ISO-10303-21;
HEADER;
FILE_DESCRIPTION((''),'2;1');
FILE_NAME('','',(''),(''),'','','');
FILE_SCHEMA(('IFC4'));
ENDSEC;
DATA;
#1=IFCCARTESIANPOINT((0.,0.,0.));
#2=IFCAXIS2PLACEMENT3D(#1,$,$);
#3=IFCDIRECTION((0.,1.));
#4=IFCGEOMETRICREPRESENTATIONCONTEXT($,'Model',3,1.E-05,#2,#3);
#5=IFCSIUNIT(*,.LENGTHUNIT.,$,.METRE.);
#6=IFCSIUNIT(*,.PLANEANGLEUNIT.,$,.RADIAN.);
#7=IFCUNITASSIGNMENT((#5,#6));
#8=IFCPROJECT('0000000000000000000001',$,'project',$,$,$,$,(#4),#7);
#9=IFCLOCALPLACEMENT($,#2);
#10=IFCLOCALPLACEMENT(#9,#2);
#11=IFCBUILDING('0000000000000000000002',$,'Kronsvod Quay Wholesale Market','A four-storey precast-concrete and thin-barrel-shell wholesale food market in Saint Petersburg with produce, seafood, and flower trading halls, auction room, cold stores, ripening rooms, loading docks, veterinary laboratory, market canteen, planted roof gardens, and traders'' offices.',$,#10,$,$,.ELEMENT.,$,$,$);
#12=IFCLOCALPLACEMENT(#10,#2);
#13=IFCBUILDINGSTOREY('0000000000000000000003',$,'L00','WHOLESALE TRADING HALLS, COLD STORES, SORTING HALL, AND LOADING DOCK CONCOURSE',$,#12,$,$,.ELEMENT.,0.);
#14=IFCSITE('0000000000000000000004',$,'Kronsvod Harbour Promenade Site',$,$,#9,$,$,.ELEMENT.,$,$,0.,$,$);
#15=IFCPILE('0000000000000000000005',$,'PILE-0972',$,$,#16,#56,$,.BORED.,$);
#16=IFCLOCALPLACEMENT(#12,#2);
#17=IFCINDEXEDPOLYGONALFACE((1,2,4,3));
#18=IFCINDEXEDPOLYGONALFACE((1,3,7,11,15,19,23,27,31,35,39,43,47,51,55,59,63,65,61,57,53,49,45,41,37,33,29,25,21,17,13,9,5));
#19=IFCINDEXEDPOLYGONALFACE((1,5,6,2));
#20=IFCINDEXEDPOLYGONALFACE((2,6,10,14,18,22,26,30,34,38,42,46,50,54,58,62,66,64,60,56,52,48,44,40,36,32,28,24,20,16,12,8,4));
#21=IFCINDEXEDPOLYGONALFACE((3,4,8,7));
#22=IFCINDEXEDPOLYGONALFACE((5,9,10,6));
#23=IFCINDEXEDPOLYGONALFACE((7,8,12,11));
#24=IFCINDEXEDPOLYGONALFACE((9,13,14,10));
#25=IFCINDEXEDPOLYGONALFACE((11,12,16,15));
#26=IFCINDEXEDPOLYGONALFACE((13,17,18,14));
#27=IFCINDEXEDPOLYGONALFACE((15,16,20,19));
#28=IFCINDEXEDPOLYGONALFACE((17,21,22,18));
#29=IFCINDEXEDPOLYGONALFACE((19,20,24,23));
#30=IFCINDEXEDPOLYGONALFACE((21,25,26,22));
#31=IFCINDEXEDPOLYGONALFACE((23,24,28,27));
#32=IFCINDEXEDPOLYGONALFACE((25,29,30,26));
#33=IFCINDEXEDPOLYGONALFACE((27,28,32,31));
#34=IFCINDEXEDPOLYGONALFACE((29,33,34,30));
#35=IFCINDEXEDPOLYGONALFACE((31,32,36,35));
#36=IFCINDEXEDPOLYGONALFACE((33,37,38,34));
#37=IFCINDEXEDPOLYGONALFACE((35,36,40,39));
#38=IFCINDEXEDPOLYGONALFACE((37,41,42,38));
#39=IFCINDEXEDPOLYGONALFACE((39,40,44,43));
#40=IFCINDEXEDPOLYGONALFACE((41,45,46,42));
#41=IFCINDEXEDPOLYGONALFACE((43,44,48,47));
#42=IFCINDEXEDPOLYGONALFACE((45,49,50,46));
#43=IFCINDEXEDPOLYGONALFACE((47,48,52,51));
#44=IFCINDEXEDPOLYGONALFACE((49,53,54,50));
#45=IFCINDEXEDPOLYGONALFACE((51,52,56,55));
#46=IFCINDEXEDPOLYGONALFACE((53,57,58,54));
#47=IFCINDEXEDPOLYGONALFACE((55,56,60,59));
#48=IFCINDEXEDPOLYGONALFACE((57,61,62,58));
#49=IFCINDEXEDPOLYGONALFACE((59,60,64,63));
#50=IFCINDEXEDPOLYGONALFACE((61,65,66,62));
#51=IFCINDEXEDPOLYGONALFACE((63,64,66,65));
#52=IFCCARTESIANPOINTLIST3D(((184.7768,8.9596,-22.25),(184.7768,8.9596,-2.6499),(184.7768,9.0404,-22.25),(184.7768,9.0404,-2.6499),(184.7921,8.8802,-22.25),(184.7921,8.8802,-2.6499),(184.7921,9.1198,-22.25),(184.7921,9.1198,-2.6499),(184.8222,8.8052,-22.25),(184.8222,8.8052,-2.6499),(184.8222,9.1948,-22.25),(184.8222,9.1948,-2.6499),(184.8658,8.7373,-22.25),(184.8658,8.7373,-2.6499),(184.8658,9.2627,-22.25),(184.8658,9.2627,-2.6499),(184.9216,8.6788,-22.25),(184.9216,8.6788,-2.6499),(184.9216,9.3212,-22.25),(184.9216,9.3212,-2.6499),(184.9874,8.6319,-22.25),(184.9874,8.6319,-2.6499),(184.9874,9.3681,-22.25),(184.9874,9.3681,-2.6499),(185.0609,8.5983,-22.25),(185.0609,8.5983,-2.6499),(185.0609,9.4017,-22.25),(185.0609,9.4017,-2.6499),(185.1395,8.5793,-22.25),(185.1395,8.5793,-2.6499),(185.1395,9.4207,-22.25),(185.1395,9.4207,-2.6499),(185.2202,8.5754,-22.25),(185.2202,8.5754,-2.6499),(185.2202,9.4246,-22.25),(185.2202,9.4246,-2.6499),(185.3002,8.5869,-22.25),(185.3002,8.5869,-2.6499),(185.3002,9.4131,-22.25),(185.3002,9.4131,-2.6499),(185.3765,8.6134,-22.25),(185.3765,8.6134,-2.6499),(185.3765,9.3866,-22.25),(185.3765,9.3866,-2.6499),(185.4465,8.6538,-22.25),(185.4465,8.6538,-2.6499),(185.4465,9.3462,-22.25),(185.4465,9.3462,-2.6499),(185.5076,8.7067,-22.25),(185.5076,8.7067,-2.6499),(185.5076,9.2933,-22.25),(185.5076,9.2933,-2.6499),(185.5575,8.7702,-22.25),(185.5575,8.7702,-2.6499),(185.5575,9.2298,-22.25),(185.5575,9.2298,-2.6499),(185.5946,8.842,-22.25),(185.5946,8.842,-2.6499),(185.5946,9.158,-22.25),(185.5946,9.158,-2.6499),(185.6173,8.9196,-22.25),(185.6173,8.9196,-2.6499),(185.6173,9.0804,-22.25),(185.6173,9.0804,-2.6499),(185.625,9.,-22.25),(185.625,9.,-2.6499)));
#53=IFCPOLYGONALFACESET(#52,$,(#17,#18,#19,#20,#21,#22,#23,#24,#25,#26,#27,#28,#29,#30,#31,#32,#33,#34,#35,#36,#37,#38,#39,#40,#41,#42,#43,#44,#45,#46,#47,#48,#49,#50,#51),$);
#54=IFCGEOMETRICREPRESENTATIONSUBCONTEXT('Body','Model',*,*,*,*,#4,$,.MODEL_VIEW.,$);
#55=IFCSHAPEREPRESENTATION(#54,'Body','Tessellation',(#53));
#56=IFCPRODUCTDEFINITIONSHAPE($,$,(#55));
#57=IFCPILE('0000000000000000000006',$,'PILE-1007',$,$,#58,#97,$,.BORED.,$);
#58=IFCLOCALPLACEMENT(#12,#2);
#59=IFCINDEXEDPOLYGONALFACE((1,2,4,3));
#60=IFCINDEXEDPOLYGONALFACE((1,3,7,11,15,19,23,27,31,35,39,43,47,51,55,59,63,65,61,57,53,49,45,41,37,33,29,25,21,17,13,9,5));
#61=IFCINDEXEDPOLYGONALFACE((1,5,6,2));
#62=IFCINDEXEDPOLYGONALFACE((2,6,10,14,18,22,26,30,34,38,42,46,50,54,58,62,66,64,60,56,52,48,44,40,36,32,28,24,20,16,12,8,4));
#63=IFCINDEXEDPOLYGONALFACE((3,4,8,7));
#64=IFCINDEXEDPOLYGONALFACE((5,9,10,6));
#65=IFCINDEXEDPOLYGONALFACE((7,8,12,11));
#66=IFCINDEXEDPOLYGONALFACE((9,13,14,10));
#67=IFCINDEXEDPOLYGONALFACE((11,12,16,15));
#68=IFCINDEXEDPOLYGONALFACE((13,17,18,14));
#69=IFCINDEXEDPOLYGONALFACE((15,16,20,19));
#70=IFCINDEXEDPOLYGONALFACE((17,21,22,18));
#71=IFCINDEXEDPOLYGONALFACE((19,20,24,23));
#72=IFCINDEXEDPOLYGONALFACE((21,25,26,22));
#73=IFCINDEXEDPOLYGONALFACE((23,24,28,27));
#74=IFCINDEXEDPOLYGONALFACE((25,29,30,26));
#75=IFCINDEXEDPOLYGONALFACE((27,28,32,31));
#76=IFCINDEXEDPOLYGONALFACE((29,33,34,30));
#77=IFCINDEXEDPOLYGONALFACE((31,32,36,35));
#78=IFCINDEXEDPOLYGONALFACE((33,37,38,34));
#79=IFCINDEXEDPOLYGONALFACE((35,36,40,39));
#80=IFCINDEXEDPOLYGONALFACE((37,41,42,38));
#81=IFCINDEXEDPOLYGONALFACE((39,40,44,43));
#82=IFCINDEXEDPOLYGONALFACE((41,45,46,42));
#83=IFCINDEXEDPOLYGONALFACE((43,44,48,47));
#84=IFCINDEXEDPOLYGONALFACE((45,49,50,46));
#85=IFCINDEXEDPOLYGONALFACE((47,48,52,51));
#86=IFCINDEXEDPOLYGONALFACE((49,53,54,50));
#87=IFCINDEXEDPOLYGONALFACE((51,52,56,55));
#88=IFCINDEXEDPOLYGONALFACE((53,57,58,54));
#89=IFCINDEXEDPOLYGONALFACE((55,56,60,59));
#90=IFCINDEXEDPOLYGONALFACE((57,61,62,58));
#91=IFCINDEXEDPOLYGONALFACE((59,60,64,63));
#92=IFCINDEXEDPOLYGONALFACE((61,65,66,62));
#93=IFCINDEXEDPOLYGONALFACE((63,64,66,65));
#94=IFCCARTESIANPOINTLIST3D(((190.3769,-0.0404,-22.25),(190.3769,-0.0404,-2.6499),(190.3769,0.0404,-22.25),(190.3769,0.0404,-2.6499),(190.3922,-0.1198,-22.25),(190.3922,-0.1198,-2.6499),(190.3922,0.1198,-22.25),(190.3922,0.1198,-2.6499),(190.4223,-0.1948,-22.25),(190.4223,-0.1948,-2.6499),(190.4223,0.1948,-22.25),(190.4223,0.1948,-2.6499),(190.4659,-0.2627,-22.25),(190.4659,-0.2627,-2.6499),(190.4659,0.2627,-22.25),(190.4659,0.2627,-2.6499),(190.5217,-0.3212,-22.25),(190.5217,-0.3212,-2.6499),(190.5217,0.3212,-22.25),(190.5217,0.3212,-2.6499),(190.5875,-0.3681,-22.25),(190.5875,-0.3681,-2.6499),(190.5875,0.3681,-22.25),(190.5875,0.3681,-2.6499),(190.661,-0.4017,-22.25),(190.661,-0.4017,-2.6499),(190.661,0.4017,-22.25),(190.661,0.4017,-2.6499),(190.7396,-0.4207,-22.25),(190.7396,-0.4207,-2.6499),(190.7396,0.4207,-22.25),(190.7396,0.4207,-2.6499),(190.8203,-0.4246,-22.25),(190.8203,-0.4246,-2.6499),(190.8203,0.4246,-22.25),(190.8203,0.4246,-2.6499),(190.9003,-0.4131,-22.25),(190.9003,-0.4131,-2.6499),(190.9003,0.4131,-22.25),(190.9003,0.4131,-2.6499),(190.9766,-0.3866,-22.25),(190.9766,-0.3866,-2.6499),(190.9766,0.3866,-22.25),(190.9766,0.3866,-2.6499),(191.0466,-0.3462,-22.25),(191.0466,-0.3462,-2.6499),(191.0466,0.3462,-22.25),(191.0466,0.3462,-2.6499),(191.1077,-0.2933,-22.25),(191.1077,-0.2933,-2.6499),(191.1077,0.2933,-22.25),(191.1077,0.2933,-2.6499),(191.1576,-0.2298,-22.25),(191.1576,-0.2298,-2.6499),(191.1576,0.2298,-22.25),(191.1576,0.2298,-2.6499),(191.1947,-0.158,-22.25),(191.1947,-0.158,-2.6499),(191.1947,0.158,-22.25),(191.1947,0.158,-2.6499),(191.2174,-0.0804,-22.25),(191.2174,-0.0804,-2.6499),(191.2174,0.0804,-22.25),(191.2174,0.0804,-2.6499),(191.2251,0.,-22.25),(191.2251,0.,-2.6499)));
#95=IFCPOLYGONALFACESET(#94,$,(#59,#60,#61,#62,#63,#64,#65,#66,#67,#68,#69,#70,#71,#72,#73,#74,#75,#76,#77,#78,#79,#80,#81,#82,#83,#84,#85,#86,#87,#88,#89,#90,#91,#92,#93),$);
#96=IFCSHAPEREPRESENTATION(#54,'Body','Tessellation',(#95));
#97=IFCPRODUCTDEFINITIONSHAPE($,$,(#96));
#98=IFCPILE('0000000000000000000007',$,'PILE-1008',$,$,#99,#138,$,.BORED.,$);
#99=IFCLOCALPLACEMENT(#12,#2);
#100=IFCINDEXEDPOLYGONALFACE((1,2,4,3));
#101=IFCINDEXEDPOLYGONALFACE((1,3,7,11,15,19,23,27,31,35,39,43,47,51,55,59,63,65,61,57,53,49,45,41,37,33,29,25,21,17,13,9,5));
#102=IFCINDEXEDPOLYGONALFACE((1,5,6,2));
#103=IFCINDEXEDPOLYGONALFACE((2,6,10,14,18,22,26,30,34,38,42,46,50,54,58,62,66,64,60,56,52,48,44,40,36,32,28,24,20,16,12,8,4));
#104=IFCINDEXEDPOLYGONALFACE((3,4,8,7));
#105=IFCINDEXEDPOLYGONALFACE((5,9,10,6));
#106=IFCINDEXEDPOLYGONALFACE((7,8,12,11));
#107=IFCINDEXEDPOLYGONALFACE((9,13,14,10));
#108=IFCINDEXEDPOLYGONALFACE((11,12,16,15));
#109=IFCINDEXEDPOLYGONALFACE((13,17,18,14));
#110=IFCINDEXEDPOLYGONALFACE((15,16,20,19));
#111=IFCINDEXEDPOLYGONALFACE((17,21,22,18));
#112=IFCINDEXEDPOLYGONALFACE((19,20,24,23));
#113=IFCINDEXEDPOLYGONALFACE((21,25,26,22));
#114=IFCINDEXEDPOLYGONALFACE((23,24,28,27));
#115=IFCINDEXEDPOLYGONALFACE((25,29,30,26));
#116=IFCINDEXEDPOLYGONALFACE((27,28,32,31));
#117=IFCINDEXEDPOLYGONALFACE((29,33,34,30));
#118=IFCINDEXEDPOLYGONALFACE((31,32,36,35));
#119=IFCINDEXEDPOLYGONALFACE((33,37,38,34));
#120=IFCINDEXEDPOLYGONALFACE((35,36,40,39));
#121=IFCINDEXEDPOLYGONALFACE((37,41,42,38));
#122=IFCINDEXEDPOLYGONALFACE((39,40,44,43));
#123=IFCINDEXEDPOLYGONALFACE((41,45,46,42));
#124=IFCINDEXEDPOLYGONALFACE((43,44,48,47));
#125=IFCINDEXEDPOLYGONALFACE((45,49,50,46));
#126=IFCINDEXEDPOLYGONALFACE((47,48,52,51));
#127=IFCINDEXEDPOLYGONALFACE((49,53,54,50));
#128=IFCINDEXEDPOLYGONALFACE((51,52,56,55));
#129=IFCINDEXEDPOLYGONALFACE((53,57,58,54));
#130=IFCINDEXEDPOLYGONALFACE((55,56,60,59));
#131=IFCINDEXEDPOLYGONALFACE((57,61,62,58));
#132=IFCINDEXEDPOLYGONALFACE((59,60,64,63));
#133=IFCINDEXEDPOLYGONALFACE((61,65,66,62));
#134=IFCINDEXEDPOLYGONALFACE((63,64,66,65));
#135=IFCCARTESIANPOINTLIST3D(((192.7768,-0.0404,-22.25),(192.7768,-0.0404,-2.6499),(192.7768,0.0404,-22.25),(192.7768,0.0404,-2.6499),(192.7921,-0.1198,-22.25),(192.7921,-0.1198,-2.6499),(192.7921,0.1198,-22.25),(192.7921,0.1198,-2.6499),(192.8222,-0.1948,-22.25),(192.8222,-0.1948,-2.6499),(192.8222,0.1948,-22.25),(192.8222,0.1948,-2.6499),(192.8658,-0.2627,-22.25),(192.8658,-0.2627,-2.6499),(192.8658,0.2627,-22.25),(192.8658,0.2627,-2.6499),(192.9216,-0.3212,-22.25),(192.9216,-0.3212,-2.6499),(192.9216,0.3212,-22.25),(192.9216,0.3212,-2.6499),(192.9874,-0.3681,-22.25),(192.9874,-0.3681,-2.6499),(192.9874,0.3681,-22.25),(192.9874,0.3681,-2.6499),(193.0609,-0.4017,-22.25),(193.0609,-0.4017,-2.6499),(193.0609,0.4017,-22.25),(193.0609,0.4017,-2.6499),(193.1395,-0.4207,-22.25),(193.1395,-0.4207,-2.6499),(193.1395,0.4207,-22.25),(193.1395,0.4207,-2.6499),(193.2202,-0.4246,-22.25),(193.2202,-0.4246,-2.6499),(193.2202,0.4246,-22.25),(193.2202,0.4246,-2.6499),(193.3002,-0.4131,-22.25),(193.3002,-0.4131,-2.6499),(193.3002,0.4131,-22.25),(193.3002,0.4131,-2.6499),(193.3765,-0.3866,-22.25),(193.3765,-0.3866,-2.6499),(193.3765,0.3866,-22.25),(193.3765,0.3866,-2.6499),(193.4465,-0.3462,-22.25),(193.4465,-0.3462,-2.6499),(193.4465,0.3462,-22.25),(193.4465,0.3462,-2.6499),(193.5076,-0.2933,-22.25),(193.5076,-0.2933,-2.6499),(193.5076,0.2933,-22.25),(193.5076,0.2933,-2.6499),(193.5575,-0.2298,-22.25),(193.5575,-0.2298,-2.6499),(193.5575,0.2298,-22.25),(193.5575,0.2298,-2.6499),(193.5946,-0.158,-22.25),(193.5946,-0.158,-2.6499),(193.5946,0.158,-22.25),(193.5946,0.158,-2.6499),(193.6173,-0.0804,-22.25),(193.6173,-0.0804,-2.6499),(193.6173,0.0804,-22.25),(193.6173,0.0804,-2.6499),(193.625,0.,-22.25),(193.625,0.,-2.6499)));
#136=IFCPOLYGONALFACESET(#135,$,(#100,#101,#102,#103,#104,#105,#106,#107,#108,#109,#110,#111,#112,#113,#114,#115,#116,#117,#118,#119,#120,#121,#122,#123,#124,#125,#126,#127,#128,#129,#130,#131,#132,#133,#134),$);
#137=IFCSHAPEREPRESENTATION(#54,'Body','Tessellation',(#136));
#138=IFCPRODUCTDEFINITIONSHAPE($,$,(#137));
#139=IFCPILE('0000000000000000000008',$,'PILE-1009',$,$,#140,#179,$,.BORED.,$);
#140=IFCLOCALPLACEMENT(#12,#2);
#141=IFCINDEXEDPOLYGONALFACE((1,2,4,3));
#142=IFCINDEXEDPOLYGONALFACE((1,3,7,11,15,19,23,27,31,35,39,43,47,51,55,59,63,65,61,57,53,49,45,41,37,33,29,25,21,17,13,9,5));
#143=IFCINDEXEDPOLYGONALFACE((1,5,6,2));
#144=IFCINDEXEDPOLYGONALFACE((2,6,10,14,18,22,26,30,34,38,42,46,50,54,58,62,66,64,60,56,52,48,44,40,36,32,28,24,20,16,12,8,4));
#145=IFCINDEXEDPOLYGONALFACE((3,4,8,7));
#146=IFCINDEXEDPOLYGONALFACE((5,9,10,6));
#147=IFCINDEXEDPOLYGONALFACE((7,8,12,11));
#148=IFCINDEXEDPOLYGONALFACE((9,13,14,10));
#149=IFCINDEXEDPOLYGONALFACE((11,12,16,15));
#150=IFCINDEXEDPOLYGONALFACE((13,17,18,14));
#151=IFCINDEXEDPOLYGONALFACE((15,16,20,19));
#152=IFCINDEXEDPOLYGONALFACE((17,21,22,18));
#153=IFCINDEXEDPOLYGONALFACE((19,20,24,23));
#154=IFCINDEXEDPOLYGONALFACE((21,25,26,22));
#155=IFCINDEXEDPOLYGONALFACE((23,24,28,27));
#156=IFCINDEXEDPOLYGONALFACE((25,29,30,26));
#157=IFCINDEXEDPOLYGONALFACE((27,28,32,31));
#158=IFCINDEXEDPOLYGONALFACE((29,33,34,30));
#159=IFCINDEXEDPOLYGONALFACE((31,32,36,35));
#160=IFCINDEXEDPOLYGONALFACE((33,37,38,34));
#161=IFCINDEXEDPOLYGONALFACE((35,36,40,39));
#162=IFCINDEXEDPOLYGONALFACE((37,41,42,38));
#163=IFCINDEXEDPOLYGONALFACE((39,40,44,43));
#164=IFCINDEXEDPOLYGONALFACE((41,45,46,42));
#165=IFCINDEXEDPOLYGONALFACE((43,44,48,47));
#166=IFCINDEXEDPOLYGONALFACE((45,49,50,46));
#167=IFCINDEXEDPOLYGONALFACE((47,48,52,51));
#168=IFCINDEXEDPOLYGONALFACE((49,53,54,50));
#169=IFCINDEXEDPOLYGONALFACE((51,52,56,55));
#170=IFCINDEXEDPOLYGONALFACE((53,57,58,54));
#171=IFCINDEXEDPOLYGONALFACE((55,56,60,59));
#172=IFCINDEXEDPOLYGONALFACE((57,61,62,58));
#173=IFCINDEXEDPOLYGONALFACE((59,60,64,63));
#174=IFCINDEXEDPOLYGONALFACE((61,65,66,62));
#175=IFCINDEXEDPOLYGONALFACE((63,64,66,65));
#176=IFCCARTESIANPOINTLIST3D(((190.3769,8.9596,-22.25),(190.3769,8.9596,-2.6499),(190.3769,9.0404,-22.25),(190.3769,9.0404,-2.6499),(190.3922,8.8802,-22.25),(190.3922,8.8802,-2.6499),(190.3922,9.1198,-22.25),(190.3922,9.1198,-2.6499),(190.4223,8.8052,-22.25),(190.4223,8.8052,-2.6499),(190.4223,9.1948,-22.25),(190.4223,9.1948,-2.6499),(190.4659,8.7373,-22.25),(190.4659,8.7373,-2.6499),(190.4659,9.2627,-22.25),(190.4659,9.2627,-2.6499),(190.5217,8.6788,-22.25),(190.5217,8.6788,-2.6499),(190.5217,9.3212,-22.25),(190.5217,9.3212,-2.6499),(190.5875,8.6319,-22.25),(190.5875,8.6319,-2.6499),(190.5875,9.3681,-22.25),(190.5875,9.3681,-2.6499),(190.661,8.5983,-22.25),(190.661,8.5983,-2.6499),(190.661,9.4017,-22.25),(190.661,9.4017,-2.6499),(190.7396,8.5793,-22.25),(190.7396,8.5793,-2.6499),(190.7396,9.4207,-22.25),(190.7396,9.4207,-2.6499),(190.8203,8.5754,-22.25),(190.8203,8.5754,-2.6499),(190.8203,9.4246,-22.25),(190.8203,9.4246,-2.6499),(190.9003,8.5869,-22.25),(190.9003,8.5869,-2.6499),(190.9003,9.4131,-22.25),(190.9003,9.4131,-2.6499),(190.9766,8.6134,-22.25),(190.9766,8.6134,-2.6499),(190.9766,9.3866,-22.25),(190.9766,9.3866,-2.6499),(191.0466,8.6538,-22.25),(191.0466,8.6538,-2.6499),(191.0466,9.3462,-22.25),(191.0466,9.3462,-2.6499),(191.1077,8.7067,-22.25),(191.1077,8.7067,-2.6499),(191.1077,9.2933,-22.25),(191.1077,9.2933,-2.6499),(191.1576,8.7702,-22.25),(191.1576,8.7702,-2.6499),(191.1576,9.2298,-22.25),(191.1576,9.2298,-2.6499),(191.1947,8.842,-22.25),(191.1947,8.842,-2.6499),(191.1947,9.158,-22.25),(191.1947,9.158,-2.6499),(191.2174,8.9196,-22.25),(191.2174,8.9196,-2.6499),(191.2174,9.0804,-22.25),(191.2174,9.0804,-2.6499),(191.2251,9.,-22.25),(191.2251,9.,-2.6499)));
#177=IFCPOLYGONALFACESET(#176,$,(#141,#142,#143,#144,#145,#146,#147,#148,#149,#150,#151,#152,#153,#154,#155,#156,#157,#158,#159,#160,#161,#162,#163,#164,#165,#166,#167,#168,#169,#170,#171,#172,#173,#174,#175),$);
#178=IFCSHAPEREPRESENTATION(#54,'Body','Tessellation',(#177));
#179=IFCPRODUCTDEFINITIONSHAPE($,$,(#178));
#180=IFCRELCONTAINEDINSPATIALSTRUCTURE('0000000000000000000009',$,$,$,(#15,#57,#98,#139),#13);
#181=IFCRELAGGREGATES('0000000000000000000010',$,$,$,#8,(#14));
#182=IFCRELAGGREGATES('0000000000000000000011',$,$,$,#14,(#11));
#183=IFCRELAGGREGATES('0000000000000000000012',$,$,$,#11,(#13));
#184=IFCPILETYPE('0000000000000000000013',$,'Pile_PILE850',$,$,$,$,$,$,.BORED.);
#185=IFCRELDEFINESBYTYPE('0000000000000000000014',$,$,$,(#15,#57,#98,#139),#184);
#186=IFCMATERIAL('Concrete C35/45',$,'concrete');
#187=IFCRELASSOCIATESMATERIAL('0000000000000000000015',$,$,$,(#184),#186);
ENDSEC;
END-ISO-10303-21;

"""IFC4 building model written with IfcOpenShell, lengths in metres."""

from ifc_helpers import new_model, si_unit, direction, frame, origin, origin_2d, place, context, subcontext, project, spatial, circle, extrude, material, material_profile, profile_set, type_object, element, save


model = new_model("IFC4")

# Units and contexts
model_context = context("Model", 3, precision=1e-05, world=origin(), true_north=direction((0.0, 1.0)))
body_context = subcontext(model_context, "Body", "Model", "MODEL_VIEW")
ifc_project = project(units=[si_unit("LENGTHUNIT", "METRE"), si_unit("PLANEANGLEUNIT", "RADIAN")], contexts=[model_context])

# Site, building, storey
site_placement = place(None, origin())
site = spatial("IfcSite", under=ifc_project, at=site_placement, Name="Kronsvod Harbour Promenade Site", CompositionType="ELEMENT", RefElevation=0.0)
building_placement = place(site_placement, origin())
building = spatial("IfcBuilding", under=site, at=building_placement, Name="Kronsvod Quay Wholesale Market", Description="A four-storey precast-concrete and thin-barrel-shell wholesale food market in Saint Petersburg with produce, seafood, and flower trading halls, auction room, cold stores, ripening rooms, loading docks, veterinary laboratory, market canteen, planted roof gardens, and traders' offices.", CompositionType="ELEMENT")
storey_placement = place(building_placement, origin())
storey = spatial("IfcBuildingStorey", under=building, at=storey_placement, Name="L00", Description="WHOLESALE TRADING HALLS, COLD STORES, SORTING HALL, AND LOADING DOCK CONCOURSE", CompositionType="ELEMENT", Elevation=0.0)

# Piles
ifc_material_1 = material(Name="Concrete C35/45", Category="concrete")
ifc_material_profile_1 = material_profile(ifc_material_1, circle(Radius=0.425, at=origin_2d()), Name="PILE850")
ifc_profile_set_1 = profile_set([ifc_material_profile_1], Name="Concrete C35/45")
pile_type_1 = type_object("IfcPileType", Name="Pile_PILE850", PredefinedType="BORED", material=ifc_profile_set_1)
for number, where, z_axis, x_axis, name in (
    (1, (185.2, 9.0, -2.6499), (0.0, 0.0, -1.0), (1.0, 0.0, 0.0), "PILE-0972"),
    (2, (190.8, 0.0, -2.6499), (0.0, 0.0, -1.0), (1.0, 0.0, 0.0), "PILE-1007"),
    (3, (193.2, 0.0, -2.6499), (0.0, 0.0, -1.0), (1.0, 0.0, 0.0), "PILE-1008"),
    (4, (190.8, 9.0, -2.6499), (0.0, 0.0, -1.0), (1.0, 0.0, 0.0), "PILE-1009"),
):
    element("IfcPile", number, at=place(storey_placement, frame(where, z_axis=z_axis, x_axis=x_axis)), inside=storey, type_object=pile_type_1, Name=name, PredefinedType="BORED", context=body_context, shape_type="SweptSolid", body=[
        extrude(circle(Radius=0.425, at=origin_2d()), origin(), (0.0, 0.0, 1.0), 19.6001),
    ])

save(model, "model.ifc")
